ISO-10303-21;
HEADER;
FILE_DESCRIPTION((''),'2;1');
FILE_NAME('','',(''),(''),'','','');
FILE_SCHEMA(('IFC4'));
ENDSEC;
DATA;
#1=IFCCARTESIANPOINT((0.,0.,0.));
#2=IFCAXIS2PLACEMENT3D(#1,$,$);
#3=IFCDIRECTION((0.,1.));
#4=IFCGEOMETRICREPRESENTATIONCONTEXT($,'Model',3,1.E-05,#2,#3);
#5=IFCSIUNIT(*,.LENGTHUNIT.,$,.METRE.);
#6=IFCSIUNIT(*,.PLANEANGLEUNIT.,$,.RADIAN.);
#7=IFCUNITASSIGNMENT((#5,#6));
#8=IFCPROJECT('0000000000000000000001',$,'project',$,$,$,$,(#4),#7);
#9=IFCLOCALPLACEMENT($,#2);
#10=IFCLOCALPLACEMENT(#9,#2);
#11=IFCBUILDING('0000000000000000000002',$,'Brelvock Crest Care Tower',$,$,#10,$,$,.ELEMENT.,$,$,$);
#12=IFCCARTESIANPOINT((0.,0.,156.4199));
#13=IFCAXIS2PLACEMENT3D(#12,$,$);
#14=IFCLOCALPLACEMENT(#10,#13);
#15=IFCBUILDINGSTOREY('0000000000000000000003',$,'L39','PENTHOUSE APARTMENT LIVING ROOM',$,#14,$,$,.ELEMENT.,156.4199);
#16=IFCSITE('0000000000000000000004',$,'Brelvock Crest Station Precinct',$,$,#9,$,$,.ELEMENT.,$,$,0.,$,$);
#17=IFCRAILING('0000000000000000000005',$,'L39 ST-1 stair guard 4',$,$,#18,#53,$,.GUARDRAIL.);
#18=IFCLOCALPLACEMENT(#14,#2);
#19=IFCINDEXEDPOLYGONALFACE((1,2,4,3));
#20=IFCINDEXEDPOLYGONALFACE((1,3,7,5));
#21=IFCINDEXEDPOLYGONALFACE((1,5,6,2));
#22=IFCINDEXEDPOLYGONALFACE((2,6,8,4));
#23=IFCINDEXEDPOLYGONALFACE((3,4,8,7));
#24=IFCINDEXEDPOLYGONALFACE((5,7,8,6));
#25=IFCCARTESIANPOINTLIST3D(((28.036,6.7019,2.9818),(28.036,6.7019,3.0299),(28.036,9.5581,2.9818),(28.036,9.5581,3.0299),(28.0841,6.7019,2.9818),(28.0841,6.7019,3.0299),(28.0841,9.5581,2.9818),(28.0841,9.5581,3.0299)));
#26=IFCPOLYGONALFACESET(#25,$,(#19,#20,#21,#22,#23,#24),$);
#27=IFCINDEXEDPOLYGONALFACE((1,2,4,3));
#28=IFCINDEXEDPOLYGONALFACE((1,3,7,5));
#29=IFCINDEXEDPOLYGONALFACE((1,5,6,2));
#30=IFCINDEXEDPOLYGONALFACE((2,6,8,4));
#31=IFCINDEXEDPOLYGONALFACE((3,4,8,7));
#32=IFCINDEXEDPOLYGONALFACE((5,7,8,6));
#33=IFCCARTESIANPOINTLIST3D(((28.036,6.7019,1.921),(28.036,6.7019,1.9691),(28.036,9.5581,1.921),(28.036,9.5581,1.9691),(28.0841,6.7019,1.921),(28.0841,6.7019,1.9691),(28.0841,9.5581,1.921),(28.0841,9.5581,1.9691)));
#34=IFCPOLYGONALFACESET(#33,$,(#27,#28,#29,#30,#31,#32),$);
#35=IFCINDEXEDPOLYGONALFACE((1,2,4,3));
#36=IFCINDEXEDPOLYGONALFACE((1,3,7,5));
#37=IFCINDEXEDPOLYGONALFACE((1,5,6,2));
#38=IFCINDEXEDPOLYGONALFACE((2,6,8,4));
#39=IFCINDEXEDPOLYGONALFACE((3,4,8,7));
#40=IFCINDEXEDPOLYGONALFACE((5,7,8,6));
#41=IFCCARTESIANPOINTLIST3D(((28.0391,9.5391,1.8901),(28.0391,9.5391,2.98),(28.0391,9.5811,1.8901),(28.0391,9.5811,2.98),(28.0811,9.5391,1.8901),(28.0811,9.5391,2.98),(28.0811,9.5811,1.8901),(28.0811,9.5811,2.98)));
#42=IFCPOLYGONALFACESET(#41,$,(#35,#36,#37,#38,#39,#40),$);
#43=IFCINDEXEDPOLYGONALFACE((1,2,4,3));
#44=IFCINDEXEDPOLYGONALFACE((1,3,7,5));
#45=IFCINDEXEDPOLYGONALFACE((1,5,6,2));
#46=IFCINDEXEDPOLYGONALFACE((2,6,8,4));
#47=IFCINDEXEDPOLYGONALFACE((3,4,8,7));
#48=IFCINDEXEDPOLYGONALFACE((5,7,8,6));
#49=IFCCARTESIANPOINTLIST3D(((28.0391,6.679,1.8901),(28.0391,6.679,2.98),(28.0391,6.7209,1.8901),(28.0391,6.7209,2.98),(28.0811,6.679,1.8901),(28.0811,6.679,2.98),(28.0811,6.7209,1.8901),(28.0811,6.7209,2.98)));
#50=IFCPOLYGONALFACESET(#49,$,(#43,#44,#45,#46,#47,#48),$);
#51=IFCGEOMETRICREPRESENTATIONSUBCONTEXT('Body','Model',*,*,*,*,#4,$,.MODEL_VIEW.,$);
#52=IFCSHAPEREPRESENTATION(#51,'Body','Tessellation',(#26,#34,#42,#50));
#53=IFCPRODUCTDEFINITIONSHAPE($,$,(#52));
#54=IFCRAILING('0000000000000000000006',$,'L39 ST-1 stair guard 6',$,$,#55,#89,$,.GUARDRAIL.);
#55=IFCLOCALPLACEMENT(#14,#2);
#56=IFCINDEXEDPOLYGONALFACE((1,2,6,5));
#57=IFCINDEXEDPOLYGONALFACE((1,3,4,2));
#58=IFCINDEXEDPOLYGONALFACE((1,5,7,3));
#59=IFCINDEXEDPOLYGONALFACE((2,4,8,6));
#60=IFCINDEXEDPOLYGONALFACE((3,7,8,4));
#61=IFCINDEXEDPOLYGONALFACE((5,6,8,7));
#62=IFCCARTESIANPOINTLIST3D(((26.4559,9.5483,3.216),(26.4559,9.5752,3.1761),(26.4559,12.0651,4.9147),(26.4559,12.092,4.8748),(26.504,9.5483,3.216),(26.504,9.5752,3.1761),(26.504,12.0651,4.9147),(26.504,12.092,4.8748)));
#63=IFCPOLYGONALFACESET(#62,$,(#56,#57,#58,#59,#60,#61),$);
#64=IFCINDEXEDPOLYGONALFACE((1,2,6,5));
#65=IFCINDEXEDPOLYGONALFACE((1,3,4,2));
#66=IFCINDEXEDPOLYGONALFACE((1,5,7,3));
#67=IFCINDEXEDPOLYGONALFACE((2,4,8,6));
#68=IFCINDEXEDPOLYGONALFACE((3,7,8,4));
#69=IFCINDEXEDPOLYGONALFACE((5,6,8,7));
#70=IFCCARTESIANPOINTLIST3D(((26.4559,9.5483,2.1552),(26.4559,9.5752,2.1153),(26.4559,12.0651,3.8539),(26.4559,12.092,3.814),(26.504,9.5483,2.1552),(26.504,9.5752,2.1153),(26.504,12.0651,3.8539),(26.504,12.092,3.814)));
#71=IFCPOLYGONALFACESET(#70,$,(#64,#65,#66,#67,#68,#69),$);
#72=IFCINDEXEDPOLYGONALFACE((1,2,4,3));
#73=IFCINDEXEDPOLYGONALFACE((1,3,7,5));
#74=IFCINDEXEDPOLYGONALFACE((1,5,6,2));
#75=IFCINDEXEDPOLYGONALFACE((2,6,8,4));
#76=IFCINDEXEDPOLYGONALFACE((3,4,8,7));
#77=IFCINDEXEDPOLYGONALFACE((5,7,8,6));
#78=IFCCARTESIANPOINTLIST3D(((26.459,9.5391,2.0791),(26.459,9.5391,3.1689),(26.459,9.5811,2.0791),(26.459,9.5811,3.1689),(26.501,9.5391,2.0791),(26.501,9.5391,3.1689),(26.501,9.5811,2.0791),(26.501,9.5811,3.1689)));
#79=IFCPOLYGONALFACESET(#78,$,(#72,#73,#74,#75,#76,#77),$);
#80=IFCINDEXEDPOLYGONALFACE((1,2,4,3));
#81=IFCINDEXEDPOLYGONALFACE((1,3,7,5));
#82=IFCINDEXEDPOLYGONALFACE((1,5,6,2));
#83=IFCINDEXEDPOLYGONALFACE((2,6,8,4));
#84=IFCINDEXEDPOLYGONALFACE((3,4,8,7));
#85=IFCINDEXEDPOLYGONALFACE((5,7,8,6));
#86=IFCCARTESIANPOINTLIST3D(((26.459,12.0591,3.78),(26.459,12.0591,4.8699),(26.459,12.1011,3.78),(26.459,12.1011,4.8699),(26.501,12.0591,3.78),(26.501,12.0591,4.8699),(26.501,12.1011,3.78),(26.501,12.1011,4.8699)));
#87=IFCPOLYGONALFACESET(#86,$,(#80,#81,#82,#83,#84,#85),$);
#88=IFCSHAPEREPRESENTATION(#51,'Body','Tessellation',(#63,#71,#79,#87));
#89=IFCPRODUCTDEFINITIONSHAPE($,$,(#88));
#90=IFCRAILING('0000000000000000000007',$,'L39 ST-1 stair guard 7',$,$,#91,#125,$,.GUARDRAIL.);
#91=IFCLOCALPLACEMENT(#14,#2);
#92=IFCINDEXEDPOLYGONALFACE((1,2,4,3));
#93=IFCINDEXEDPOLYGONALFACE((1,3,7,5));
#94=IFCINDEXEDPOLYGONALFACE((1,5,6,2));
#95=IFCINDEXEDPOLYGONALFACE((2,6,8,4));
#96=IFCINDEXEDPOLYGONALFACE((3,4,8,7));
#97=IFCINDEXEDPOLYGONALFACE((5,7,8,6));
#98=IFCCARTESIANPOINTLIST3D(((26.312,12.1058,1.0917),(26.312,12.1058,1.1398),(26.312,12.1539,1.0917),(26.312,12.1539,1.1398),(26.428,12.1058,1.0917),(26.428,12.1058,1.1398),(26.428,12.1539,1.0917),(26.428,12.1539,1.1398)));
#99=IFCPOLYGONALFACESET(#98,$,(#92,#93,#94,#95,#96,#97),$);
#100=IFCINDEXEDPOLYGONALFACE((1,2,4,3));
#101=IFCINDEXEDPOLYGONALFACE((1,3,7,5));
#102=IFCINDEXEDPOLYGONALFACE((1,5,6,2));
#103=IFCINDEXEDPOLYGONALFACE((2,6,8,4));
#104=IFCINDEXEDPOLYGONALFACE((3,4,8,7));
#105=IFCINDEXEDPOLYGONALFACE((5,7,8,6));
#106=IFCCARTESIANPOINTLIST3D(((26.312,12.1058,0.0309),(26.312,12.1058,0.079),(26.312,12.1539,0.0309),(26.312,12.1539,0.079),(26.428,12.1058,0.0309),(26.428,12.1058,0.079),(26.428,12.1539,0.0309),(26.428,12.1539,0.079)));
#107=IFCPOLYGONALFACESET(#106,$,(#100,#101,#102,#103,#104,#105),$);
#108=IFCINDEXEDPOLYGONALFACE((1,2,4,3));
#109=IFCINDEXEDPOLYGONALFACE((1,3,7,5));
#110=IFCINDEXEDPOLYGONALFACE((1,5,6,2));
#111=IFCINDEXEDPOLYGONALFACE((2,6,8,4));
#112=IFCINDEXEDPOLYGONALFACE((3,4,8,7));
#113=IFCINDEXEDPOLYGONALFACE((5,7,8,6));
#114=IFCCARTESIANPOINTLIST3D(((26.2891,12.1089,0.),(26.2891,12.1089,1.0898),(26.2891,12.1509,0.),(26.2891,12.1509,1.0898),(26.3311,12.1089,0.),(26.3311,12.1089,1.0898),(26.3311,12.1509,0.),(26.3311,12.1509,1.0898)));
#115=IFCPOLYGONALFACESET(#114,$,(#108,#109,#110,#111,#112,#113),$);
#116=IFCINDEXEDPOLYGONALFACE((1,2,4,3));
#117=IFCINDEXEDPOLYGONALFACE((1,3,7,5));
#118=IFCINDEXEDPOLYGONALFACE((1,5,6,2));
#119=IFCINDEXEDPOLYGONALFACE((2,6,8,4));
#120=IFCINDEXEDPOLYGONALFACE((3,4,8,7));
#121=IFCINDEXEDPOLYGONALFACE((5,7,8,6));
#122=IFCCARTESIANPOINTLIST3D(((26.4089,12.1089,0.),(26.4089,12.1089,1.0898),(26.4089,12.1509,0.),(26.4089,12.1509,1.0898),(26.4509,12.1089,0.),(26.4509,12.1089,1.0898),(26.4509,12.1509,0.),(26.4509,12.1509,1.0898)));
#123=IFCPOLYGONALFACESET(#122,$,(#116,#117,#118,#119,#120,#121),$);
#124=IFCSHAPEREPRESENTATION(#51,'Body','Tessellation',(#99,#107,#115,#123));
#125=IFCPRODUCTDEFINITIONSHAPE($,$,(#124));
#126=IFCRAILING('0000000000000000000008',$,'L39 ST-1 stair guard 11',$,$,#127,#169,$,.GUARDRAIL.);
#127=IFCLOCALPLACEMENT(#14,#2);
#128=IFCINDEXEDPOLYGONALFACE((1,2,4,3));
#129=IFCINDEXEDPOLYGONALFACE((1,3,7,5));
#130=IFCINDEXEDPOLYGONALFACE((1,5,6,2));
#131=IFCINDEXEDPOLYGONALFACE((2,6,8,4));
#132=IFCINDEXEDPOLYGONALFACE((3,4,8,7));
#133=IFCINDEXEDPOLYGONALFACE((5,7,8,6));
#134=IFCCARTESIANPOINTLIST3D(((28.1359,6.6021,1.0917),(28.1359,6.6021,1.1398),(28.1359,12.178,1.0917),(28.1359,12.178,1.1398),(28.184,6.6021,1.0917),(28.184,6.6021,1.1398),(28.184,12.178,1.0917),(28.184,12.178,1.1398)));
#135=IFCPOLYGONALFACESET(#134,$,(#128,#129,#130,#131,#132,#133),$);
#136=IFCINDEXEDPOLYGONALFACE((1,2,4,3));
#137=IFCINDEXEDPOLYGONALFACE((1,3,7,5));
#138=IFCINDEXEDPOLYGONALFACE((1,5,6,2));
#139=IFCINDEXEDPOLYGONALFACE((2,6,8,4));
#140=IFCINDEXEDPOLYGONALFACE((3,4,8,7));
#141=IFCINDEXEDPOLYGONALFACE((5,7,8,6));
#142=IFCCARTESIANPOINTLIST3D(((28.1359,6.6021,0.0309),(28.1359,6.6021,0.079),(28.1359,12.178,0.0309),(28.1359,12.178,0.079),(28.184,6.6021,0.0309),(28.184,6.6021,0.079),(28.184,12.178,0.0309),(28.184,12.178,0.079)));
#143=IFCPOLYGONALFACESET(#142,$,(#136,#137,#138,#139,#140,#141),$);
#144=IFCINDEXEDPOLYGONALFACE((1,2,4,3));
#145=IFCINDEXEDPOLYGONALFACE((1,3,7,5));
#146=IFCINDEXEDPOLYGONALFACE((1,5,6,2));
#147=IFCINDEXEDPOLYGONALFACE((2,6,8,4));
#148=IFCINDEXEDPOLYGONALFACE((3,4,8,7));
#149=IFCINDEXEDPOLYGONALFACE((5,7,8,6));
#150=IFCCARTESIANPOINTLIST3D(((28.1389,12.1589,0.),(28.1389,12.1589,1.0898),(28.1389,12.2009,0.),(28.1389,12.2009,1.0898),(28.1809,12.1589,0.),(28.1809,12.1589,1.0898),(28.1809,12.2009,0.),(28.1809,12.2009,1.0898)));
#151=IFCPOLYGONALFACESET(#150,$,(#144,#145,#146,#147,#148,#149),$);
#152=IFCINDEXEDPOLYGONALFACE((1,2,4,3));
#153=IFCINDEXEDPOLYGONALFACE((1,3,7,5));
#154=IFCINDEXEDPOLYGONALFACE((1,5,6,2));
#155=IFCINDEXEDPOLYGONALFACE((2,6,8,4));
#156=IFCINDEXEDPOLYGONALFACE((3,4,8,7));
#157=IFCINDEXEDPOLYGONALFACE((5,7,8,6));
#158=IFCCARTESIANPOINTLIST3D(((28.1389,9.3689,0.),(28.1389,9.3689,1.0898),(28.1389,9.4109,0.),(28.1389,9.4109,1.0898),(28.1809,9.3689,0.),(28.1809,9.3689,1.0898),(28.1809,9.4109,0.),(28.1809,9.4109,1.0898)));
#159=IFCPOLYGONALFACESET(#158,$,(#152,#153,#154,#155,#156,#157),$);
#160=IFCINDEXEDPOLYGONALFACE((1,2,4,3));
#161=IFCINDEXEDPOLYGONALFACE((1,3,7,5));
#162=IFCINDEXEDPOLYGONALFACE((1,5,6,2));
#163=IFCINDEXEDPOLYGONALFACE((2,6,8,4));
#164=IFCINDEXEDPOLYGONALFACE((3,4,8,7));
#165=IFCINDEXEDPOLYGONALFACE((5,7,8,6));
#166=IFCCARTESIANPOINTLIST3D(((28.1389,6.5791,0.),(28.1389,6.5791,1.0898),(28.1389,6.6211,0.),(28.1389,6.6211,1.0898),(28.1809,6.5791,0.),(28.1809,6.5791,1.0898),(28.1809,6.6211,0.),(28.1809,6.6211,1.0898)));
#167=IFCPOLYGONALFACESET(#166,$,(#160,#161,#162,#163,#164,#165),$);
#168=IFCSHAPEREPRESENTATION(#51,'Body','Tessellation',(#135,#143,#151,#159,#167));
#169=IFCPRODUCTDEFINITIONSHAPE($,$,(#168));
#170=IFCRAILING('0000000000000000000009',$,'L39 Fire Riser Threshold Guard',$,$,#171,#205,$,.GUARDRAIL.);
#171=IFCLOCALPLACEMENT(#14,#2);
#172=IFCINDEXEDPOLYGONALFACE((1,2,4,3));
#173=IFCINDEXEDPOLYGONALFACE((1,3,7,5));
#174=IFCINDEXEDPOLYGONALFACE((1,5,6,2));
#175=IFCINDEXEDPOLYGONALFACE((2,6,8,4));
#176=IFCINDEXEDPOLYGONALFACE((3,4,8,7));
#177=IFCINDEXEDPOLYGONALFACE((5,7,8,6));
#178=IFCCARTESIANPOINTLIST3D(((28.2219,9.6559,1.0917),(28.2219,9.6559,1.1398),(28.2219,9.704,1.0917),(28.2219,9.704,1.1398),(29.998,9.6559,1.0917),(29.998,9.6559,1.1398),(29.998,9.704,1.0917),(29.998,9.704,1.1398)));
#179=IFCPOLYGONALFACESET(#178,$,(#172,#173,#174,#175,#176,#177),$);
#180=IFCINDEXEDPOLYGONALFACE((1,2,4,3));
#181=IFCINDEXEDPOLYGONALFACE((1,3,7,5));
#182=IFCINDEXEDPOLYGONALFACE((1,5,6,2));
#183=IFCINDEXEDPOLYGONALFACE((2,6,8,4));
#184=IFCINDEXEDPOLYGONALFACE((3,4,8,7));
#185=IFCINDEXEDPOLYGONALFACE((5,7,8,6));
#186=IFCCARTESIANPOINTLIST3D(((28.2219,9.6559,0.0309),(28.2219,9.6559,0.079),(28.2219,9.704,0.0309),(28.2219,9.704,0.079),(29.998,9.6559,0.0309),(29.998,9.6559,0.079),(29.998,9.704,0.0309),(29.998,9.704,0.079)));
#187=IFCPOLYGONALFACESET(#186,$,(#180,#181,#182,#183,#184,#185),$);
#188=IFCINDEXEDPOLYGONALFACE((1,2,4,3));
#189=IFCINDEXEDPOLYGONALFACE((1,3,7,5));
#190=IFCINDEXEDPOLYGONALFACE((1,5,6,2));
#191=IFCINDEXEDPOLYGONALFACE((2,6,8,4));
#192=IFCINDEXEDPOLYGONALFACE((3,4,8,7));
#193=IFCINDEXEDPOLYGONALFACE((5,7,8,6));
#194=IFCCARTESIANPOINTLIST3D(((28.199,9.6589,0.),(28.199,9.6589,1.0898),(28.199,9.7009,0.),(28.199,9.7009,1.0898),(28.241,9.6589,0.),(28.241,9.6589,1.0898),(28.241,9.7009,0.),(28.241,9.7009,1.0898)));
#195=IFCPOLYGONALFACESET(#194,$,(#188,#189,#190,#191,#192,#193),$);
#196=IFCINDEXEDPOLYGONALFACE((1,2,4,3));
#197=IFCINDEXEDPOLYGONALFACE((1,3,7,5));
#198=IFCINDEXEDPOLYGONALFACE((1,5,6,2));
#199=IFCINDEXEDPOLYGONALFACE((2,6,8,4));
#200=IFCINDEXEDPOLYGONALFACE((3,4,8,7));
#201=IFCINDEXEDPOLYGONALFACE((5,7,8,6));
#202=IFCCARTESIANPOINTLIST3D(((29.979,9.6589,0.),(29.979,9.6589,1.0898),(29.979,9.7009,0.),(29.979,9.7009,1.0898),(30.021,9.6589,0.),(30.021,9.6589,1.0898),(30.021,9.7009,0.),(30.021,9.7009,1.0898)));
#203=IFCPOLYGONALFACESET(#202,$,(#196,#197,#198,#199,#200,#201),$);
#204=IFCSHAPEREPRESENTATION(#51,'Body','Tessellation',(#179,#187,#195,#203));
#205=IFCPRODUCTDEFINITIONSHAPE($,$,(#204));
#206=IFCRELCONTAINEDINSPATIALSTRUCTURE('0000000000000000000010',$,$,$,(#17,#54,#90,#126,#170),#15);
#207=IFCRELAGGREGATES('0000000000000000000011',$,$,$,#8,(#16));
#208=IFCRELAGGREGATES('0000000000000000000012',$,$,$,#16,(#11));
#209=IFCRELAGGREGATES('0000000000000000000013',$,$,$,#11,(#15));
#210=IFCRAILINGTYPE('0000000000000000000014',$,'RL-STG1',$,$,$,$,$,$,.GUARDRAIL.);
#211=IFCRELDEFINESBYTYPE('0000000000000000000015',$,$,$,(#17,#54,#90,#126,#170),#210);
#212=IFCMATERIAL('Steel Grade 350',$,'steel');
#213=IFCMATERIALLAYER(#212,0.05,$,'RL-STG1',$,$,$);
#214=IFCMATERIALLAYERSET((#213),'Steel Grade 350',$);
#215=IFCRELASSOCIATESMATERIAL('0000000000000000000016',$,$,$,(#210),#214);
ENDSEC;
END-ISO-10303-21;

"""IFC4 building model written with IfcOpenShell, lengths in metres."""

from ifc_helpers import new_model, si_unit, direction, frame, origin, origin_2d, place, context, subcontext, project, spatial, rectangle, extrude, material, layer, layer_set, type_object, element, save


model = new_model("IFC4")

# Units and contexts
model_context = context("Model", 3, precision=1e-05, world=origin(), true_north=direction((0.0, 1.0)))
body_context = subcontext(model_context, "Body", "Model", "MODEL_VIEW")
ifc_project = project(units=[si_unit("LENGTHUNIT", "METRE"), si_unit("PLANEANGLEUNIT", "RADIAN")], contexts=[model_context])

# Site, building, storey
site_placement = place(None, origin())
site = spatial("IfcSite", under=ifc_project, at=site_placement, Name="Brelvock Crest Station Precinct", CompositionType="ELEMENT", RefElevation=0.0)
building_placement = place(site_placement, origin())
building = spatial("IfcBuilding", under=site, at=building_placement, Name="Brelvock Crest Care Tower", CompositionType="ELEMENT")
storey_placement = place(building_placement, frame((0.0, 0.0, 156.4199)))
storey = spatial("IfcBuildingStorey", under=building, at=storey_placement, Name="L39", Description="PENTHOUSE APARTMENT LIVING ROOM", CompositionType="ELEMENT", Elevation=156.4199)

# Shared definitions
ifc_material_1 = material(Name="Steel Grade 350", Category="steel")

# Railings
ifc_layer_1 = layer(ifc_material_1, 0.05, Name="RL-STG1")
ifc_layer_set_1 = layer_set([ifc_layer_1], Name="Steel Grade 350")
railing_type_1 = type_object("IfcRailingType", Name="RL-STG1", PredefinedType="GUARDRAIL", material=ifc_layer_set_1)
railing_1_placement = place(storey_placement, frame((28.0601, 9.5601, 1.8901)))
element("IfcRailing", 1, at=railing_1_placement, inside=storey, type_object=railing_type_1, Name="L39 ST-1 stair guard 4", PredefinedType="GUARDRAIL", context=body_context, shape_type="SweptSolid", body=[
    extrude(rectangle(XDim=0.0481, YDim=0.0481, at=origin_2d()), frame((0.0, -0.002, 1.1157), z_axis=(0.0, -1.0, 0.0), x_axis=(1.0, 0.0, 0.0)), (0.0, 0.0, 1.0), 2.8562),
    extrude(rectangle(XDim=0.0481, YDim=0.0481, at=origin_2d()), frame((0.0, -0.002, 0.0549), z_axis=(0.0, -1.0, 0.0), x_axis=(1.0, 0.0, 0.0)), (0.0, 0.0, 1.0), 2.8562),
    extrude(rectangle(XDim=0.042, YDim=0.042, at=origin_2d()), origin(), (0.0, 0.0, 1.0), 1.0898),
    extrude(rectangle(XDim=0.042, YDim=0.042, at=origin_2d()), frame((0.0, -2.8601, 0.0)), (0.0, 0.0, 1.0), 1.0898),
])
railing_2_placement = place(storey_placement, frame((26.48, 9.5601, 2.0791)))
element("IfcRailing", 2, at=railing_2_placement, inside=storey, type_object=railing_type_1, Name="L39 ST-1 stair guard 6", PredefinedType="GUARDRAIL", context=body_context, shape_type="SweptSolid", body=[
    extrude(rectangle(XDim=0.0481, YDim=0.0481, at=origin_2d()), frame((0.0, 0.0017, 1.1169), z_axis=(0.0, 0.828862, 0.559454), x_axis=(-1.0, 0.0, 0.0)), (0.0, 0.0, 1.0), 3.0364),
    extrude(rectangle(XDim=0.0481, YDim=0.0481, at=origin_2d()), frame((0.0, 0.0017, 0.0562), z_axis=(0.0, 0.828862, 0.559454), x_axis=(-1.0, 0.0, 0.0)), (0.0, 0.0, 1.0), 3.0364),
    extrude(rectangle(XDim=0.042, YDim=0.042, at=origin_2d()), origin(), (0.0, 0.0, 1.0), 1.0898),
    extrude(rectangle(XDim=0.042, YDim=0.042, at=origin_2d()), frame((0.0, 2.52, 1.7009)), (0.0, 0.0, 1.0), 1.0898),
])
railing_3_placement = place(storey_placement, frame((26.3101, 12.1299, 0.0)))
element("IfcRailing", 3, at=railing_3_placement, inside=storey, type_object=railing_type_1, Name="L39 ST-1 stair guard 7", PredefinedType="GUARDRAIL", context=body_context, shape_type="SweptSolid", body=[
    extrude(rectangle(XDim=0.0481, YDim=0.0481, at=origin_2d()), frame((0.002, 0.0, 1.1157), z_axis=(1.0, 0.0, 0.0), x_axis=(0.0, 1.0, 0.0)), (0.0, 0.0, 1.0), 0.116),
    extrude(rectangle(XDim=0.0481, YDim=0.0481, at=origin_2d()), frame((0.002, 0.0, 0.0549), z_axis=(1.0, 0.0, 0.0), x_axis=(0.0, 1.0, 0.0)), (0.0, 0.0, 1.0), 0.116),
    extrude(rectangle(XDim=0.042, YDim=0.042, at=origin_2d()), origin(), (0.0, 0.0, 1.0), 1.0898),
    extrude(rectangle(XDim=0.042, YDim=0.042, at=origin_2d()), frame((0.1199, 0.0, 0.0)), (0.0, 0.0, 1.0), 1.0898),
])
railing_4_placement = place(storey_placement, frame((28.1599, 12.1799, 0.0)))
element("IfcRailing", 4, at=railing_4_placement, inside=storey, type_object=railing_type_1, Name="L39 ST-1 stair guard 11", PredefinedType="GUARDRAIL", context=body_context, shape_type="SweptSolid", body=[
    extrude(rectangle(XDim=0.0481, YDim=0.0481, at=origin_2d()), frame((0.0, -0.002, 1.1157), z_axis=(0.0, -1.0, 0.0), x_axis=(1.0, 0.0, 0.0)), (0.0, 0.0, 1.0), 5.5759),
    extrude(rectangle(XDim=0.0481, YDim=0.0481, at=origin_2d()), frame((0.0, -0.002, 0.0549), z_axis=(0.0, -1.0, 0.0), x_axis=(1.0, 0.0, 0.0)), (0.0, 0.0, 1.0), 5.5759),
    extrude(rectangle(XDim=0.042, YDim=0.042, at=origin_2d()), origin(), (0.0, 0.0, 1.0), 1.0898),
    extrude(rectangle(XDim=0.042, YDim=0.042, at=origin_2d()), frame((0.0, -2.79, 0.0)), (0.0, 0.0, 1.0), 1.0898),
    extrude(rectangle(XDim=0.042, YDim=0.042, at=origin_2d()), frame((0.0, -5.5798, 0.0)), (0.0, 0.0, 1.0), 1.0898),
])
railing_5_placement = place(storey_placement, frame((28.22, 9.6799, 0.0)))
element("IfcRailing", 5, at=railing_5_placement, inside=storey, type_object=railing_type_1, Name="L39 Fire Riser Threshold Guard", PredefinedType="GUARDRAIL", context=body_context, shape_type="SweptSolid", body=[
    extrude(rectangle(XDim=0.0481, YDim=0.0481, at=origin_2d()), frame((0.002, 0.0, 1.1157), z_axis=(1.0, 0.0, 0.0), x_axis=(0.0, 1.0, 0.0)), (0.0, 0.0, 1.0), 1.7761),
    extrude(rectangle(XDim=0.0481, YDim=0.0481, at=origin_2d()), frame((0.002, 0.0, 0.0549), z_axis=(1.0, 0.0, 0.0), x_axis=(0.0, 1.0, 0.0)), (0.0, 0.0, 1.0), 1.7761),
    extrude(rectangle(XDim=0.042, YDim=0.042, at=origin_2d()), origin(), (0.0, 0.0, 1.0), 1.0898),
    extrude(rectangle(XDim=0.042, YDim=0.042, at=origin_2d()), frame((1.78, 0.0, 0.0)), (0.0, 0.0, 1.0), 1.0898),
])

save(model, "model.ifc")
